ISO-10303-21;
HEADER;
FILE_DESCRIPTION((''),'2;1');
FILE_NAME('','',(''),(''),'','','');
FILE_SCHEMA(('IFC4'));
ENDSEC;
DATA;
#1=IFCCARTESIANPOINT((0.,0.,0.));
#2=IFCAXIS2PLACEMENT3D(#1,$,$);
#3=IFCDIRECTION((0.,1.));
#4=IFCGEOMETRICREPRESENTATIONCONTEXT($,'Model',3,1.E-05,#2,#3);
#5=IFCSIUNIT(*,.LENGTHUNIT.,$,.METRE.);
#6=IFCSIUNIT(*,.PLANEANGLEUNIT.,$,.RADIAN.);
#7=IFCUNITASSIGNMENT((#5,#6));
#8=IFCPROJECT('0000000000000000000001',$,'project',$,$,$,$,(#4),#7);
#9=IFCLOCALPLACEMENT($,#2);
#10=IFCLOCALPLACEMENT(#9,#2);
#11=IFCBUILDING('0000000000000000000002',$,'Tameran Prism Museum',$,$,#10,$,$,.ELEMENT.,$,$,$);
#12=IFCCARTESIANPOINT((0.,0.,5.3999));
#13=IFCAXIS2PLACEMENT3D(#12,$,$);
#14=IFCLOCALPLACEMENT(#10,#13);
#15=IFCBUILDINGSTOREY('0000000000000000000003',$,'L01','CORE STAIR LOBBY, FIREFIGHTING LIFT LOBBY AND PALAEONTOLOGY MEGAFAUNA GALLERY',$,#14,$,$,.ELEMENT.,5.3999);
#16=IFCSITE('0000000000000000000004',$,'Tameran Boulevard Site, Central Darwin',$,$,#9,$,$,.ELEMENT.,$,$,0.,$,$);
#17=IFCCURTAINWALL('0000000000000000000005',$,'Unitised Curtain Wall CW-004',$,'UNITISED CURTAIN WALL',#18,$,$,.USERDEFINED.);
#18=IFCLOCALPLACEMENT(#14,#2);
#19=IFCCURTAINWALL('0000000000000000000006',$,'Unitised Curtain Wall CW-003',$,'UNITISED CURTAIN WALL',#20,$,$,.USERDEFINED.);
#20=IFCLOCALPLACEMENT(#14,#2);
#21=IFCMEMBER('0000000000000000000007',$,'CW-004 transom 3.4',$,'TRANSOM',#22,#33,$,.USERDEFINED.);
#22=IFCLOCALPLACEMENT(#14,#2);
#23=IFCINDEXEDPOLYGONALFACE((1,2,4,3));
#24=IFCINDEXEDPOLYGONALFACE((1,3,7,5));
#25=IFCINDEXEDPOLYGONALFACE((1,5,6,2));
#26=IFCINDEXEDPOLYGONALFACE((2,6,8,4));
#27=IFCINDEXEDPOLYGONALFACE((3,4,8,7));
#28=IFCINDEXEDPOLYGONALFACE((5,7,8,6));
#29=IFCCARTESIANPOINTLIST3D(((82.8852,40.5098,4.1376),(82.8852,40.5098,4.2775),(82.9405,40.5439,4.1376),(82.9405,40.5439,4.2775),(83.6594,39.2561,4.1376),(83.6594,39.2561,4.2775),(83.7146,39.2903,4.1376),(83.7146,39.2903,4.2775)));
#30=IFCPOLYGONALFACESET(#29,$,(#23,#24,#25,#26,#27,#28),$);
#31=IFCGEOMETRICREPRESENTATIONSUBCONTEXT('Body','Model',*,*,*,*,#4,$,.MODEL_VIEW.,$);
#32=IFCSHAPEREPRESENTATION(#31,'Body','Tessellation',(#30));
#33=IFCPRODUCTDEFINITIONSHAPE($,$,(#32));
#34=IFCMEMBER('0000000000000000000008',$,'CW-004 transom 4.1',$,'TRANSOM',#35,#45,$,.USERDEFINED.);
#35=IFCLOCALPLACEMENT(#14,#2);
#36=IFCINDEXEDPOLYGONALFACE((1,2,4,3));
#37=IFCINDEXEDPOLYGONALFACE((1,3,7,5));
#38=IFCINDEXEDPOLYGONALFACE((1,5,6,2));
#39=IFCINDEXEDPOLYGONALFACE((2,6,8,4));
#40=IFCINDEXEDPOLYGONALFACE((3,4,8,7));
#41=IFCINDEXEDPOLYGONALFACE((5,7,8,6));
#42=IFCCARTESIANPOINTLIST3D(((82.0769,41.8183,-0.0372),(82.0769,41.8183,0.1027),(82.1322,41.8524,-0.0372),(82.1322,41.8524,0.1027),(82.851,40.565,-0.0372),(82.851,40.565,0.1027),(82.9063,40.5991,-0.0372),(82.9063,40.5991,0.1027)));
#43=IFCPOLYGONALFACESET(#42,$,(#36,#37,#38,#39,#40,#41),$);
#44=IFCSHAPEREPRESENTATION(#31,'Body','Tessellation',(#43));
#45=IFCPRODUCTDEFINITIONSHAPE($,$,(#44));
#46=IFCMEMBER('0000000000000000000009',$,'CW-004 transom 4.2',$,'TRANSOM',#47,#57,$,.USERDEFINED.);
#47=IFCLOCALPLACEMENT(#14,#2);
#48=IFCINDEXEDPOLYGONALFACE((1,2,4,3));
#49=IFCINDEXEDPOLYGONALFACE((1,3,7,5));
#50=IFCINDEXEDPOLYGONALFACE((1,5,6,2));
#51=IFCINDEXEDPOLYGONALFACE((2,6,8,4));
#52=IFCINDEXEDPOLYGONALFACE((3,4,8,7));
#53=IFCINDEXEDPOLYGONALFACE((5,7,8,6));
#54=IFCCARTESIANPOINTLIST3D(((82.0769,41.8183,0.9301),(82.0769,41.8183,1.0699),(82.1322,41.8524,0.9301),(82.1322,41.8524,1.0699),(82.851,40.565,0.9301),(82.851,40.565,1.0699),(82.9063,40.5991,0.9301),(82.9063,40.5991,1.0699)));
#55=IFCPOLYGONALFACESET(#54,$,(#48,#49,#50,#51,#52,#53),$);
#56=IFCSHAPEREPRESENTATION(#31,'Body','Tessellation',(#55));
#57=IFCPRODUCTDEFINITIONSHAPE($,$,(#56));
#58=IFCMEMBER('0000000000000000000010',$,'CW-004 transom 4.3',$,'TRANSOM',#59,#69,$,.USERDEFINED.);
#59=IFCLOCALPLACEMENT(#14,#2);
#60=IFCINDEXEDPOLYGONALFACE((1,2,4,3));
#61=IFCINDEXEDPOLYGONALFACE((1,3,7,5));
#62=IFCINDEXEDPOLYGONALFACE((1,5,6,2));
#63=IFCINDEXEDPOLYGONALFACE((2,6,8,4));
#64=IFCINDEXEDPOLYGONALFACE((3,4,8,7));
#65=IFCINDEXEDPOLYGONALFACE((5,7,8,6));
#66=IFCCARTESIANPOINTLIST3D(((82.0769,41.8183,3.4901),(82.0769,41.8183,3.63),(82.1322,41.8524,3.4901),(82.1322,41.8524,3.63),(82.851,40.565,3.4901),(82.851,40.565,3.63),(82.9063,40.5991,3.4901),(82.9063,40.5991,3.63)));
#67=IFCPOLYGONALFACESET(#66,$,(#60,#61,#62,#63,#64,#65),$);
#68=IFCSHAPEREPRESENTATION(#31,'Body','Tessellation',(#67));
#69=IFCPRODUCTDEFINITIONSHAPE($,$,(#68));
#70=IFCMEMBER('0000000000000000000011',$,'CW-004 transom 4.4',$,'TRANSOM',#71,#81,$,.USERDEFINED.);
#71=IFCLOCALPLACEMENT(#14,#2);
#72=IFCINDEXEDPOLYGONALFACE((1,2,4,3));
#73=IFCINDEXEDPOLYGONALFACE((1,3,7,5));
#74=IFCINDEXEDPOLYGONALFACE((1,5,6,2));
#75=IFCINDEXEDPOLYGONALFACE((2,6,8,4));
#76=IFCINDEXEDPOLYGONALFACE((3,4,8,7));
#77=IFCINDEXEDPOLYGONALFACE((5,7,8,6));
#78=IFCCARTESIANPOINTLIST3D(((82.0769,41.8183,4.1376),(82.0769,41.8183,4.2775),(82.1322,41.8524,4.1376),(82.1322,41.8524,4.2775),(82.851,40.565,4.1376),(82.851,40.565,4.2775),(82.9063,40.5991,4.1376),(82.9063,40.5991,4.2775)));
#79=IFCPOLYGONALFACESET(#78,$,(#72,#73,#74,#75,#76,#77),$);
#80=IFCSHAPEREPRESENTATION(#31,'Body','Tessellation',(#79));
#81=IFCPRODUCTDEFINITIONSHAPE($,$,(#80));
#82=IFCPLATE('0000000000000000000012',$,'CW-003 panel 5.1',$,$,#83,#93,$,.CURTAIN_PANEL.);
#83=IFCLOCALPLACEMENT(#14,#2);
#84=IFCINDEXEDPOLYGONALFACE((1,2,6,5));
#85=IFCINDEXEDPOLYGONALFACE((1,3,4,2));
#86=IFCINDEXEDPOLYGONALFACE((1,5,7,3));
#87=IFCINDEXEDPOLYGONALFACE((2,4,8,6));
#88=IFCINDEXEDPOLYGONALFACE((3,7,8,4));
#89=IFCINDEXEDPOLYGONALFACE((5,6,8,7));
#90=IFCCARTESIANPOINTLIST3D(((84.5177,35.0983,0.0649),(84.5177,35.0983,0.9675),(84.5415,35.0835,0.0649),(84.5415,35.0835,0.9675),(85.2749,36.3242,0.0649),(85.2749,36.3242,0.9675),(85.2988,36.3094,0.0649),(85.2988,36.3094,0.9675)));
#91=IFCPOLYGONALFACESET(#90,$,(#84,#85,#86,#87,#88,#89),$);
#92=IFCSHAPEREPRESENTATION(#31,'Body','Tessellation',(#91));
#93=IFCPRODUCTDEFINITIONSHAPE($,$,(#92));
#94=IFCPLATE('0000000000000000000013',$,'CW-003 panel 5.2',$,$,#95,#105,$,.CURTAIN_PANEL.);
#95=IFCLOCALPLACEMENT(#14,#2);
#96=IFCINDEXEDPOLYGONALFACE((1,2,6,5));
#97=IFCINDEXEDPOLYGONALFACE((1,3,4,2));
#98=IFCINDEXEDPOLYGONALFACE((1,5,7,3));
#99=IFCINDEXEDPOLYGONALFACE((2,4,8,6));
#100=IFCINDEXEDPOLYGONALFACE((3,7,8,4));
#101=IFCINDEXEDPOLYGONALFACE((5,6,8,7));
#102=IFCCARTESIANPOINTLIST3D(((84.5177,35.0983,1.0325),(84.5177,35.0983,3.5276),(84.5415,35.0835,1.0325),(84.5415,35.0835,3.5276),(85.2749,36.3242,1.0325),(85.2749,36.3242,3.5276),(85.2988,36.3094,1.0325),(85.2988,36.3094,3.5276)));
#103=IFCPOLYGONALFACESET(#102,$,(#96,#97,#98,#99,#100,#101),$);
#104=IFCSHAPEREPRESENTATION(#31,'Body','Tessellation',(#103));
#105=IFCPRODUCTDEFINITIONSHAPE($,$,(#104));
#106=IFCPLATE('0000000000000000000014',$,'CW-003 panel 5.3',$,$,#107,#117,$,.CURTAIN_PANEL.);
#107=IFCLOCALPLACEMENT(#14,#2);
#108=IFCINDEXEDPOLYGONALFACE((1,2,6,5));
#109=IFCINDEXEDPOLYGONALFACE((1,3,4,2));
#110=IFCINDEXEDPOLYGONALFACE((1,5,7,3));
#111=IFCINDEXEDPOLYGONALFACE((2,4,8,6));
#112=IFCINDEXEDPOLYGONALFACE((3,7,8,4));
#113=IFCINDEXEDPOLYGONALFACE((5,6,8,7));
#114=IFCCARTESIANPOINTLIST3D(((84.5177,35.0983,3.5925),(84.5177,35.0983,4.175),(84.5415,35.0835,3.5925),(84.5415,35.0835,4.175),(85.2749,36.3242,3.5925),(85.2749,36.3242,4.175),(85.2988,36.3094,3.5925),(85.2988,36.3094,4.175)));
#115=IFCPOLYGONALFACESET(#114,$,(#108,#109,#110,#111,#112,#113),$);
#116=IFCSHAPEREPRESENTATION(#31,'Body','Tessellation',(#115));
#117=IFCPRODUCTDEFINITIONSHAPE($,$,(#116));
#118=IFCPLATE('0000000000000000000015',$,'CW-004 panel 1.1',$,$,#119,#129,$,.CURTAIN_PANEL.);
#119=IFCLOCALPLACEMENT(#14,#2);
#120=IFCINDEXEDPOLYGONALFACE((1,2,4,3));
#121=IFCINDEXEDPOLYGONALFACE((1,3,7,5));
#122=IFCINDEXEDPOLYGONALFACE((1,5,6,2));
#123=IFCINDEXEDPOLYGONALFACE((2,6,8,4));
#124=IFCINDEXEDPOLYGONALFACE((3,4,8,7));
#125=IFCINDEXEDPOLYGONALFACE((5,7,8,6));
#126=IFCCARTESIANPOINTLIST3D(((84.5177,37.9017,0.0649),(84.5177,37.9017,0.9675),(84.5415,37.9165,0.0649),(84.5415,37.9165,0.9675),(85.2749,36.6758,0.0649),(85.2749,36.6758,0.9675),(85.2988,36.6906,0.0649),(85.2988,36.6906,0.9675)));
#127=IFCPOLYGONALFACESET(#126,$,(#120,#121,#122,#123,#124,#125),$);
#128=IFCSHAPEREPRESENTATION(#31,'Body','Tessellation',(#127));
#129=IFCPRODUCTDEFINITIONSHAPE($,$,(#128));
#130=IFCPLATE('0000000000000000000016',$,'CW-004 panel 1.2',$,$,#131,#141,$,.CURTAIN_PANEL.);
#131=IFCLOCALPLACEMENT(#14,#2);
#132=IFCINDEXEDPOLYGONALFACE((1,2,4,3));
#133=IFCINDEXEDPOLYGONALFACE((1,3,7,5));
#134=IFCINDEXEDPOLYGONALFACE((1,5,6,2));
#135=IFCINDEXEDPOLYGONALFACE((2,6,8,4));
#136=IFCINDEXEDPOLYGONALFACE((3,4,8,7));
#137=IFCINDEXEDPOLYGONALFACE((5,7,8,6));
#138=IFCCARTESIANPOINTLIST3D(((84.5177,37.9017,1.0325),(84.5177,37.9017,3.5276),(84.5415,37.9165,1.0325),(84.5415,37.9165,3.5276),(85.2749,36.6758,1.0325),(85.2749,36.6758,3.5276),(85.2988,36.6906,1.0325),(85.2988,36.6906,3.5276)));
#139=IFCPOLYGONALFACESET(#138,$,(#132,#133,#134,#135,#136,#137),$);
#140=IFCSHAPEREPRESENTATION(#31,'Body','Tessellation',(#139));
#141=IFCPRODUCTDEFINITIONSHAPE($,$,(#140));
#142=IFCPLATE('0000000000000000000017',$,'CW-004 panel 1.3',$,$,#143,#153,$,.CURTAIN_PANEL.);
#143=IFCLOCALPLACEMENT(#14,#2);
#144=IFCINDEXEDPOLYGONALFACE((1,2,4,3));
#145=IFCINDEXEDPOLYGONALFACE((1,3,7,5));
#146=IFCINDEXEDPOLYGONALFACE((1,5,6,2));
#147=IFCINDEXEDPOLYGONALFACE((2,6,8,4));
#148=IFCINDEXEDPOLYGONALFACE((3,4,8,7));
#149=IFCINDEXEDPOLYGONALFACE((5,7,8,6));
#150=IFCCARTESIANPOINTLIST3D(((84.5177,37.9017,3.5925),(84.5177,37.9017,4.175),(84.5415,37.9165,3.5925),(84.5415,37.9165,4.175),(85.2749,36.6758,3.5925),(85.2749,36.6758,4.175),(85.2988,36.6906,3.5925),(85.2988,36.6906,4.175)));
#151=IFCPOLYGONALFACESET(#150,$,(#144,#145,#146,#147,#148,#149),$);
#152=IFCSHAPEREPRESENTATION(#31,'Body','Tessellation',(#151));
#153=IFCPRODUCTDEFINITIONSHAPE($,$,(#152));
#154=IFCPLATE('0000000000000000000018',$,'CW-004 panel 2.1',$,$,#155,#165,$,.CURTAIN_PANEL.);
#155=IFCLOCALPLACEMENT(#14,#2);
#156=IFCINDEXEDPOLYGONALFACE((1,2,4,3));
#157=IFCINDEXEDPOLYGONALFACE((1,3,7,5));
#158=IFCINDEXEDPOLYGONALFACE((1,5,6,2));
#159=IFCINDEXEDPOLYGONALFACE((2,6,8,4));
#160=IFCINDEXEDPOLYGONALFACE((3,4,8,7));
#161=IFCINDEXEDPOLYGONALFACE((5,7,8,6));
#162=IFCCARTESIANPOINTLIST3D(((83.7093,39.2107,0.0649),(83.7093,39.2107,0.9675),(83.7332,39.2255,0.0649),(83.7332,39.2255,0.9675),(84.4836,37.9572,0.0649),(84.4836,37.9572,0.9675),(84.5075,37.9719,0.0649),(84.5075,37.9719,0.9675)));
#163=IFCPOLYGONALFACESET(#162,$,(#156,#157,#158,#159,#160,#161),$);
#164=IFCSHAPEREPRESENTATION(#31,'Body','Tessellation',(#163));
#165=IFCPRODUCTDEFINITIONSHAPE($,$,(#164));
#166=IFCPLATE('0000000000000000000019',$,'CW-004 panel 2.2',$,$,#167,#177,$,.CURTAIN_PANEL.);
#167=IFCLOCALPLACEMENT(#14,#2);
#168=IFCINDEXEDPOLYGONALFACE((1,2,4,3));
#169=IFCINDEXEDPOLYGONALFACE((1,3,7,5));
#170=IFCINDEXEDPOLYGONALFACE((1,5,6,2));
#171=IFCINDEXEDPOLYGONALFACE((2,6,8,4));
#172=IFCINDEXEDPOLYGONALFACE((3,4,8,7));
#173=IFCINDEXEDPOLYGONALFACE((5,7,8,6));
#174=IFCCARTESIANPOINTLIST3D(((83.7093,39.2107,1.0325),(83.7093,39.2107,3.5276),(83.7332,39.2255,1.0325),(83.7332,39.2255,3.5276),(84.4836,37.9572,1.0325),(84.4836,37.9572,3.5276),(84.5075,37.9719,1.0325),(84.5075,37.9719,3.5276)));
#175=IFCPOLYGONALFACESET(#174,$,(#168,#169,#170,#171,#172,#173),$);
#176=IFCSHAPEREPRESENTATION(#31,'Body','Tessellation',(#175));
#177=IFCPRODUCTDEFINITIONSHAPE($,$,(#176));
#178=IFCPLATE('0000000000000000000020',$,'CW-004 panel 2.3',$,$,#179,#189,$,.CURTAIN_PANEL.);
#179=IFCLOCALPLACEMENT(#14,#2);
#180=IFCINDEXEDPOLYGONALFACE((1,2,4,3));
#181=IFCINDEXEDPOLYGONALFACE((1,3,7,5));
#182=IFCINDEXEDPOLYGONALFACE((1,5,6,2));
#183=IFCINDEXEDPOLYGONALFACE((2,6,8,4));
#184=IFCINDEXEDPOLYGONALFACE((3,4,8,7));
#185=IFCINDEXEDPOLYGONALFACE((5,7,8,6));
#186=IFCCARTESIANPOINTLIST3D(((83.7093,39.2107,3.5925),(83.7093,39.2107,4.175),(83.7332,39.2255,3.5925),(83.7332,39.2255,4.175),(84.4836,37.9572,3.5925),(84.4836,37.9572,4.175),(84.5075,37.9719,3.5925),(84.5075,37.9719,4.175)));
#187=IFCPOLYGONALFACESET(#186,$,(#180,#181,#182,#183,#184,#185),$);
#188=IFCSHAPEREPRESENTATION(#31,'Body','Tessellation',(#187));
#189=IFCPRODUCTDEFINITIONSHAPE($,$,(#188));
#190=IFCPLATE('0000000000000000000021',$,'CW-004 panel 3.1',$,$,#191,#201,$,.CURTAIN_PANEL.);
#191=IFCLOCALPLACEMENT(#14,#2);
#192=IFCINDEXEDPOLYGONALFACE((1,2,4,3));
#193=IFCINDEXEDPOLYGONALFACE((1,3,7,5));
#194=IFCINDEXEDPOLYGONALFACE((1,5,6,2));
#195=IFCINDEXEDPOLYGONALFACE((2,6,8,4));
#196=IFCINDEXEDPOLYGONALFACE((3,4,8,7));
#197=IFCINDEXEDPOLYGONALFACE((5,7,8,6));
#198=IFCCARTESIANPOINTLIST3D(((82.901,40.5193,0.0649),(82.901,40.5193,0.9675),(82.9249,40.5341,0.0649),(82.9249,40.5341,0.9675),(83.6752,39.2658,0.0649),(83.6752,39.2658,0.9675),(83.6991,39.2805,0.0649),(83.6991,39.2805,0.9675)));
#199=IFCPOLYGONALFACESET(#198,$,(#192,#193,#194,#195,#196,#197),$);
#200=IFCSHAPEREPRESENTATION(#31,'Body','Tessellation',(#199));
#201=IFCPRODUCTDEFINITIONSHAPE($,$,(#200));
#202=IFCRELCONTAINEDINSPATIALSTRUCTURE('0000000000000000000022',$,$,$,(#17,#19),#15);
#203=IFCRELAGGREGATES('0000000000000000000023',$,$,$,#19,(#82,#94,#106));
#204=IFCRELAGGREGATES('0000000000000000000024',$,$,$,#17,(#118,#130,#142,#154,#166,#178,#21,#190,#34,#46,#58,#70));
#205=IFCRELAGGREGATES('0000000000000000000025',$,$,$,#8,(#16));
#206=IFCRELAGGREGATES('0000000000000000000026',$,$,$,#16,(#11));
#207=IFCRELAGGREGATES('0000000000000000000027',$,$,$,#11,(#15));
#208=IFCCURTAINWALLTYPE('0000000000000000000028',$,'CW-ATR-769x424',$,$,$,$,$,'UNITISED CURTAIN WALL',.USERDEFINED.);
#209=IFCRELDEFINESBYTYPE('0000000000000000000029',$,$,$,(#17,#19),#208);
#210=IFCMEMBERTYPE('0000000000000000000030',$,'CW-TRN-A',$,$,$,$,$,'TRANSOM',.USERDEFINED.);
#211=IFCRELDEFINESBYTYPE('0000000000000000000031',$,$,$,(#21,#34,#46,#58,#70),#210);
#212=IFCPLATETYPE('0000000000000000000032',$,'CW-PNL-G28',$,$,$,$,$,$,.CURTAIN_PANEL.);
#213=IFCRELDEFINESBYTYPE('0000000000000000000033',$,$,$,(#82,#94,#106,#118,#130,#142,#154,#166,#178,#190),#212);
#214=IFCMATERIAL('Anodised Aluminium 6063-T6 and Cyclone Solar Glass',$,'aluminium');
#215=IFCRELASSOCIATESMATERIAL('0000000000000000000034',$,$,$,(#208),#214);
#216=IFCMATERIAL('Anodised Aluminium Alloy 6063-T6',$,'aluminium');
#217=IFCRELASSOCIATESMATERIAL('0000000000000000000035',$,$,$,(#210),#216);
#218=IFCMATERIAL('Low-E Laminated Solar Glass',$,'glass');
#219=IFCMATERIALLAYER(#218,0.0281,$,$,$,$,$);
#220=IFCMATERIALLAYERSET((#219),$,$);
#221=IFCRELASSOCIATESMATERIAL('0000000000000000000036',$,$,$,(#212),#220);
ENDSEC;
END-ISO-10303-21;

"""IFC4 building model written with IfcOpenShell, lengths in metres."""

from ifc_helpers import new_model, si_unit, direction, frame, origin, origin_2d, place, context, subcontext, project, spatial, rectangle, extrude, material, layer, layer_set, material_profile, profile_set, type_object, element, aggregate, save


model = new_model("IFC4")

# Units and contexts
model_context = context("Model", 3, precision=1e-05, world=origin(), true_north=direction((0.0, 1.0)))
body_context = subcontext(model_context, "Body", "Model", "MODEL_VIEW")
ifc_project = project(units=[si_unit("LENGTHUNIT", "METRE"), si_unit("PLANEANGLEUNIT", "RADIAN")], contexts=[model_context])

# Site, building, storey
site_placement = place(None, origin())
site = spatial("IfcSite", under=ifc_project, at=site_placement, Name="Tameran Boulevard Site, Central Darwin", CompositionType="ELEMENT", RefElevation=0.0)
building_placement = place(site_placement, origin())
building = spatial("IfcBuilding", under=site, at=building_placement, Name="Tameran Prism Museum", CompositionType="ELEMENT")
storey_placement = place(building_placement, frame((0.0, 0.0, 5.3999)))
storey = spatial("IfcBuildingStorey", under=building, at=storey_placement, Name="L01", Description="CORE STAIR LOBBY, FIREFIGHTING LIFT LOBBY AND PALAEONTOLOGY MEGAFAUNA GALLERY", CompositionType="ELEMENT", Elevation=5.3999)

# Curtain walls
ifc_material_1 = material(Name="Anodised Aluminium 6063-T6 and Cyclone Solar Glass", Category="aluminium")
curtain_wall_type = type_object("IfcCurtainWallType", Name="CW-ATR-769x424", ElementType="UNITISED CURTAIN WALL", PredefinedType="USERDEFINED", material=ifc_material_1)
curtain_wall_1_placement = place(storey_placement, origin())
curtain_wall_1 = element("IfcCurtainWall", 1, at=curtain_wall_1_placement, inside=storey, type_object=curtain_wall_type, Name="Unitised Curtain Wall CW-004", ObjectType="UNITISED CURTAIN WALL", PredefinedType="USERDEFINED")
curtain_wall_2_placement = place(storey_placement, origin())
curtain_wall_2 = element("IfcCurtainWall", 2, at=curtain_wall_2_placement, inside=storey, type_object=curtain_wall_type, Name="Unitised Curtain Wall CW-003", ObjectType="UNITISED CURTAIN WALL", PredefinedType="USERDEFINED")
ifc_material_2 = material(Name="Anodised Aluminium Alloy 6063-T6", Category="aluminium")
ifc_material_profile_1 = material_profile(ifc_material_2, rectangle(XDim=0.0649, YDim=0.1399, at=origin_2d()))
ifc_profile_set_1 = profile_set([ifc_material_profile_1])
member_type_1 = type_object("IfcMemberType", Name="CW-TRN-A", ElementType="TRANSOM", PredefinedType="USERDEFINED", material=ifc_profile_set_1)

# Members
member_1_placement = place(storey_placement, frame((83.687, 39.2732, 4.2075), z_axis=(-0.525419, 0.850844, 0.0), x_axis=(-0.850844, -0.525419, 0.0)))
member_1 = element("IfcMember", 3, at=member_1_placement, type_object=member_type_1, Name="CW-004 transom 3.4", ObjectType="TRANSOM", PredefinedType="USERDEFINED", context=body_context, shape_type="SweptSolid", body=[
    extrude(rectangle(XDim=0.0649, YDim=0.1399, at=origin_2d()), origin(), (0.0, 0.0, 1.0), 1.4734),
])
member_2_placement = place(storey_placement, frame((82.8787, 40.582, 0.0327), z_axis=(-0.525493, 0.850798, 0.0), x_axis=(-0.850798, -0.525493, 0.0)))
member_2 = element("IfcMember", 4, at=member_2_placement, type_object=member_type_1, Name="CW-004 transom 4.1", ObjectType="TRANSOM", PredefinedType="USERDEFINED", context=body_context, shape_type="SweptSolid", body=[
    extrude(rectangle(XDim=0.0649, YDim=0.1399, at=origin_2d()), origin(), (0.0, 0.0, 1.0), 1.4731),
])
member_3_placement = place(storey_placement, frame((82.8787, 40.582, 1.0), z_axis=(-0.525493, 0.850798, 0.0), x_axis=(-0.850798, -0.525493, 0.0)))
member_3 = element("IfcMember", 5, at=member_3_placement, type_object=member_type_1, Name="CW-004 transom 4.2", ObjectType="TRANSOM", PredefinedType="USERDEFINED", context=body_context, shape_type="SweptSolid", body=[
    extrude(rectangle(XDim=0.0649, YDim=0.1399, at=origin_2d()), origin(), (0.0, 0.0, 1.0), 1.4731),
])
member_4_placement = place(storey_placement, frame((82.8787, 40.582, 3.5601), z_axis=(-0.525493, 0.850798, 0.0), x_axis=(-0.850798, -0.525493, 0.0)))
member_4 = element("IfcMember", 6, at=member_4_placement, type_object=member_type_1, Name="CW-004 transom 4.3", ObjectType="TRANSOM", PredefinedType="USERDEFINED", context=body_context, shape_type="SweptSolid", body=[
    extrude(rectangle(XDim=0.0649, YDim=0.1399, at=origin_2d()), origin(), (0.0, 0.0, 1.0), 1.4731),
])
member_5_placement = place(storey_placement, frame((82.8787, 40.582, 4.2075), z_axis=(-0.525493, 0.850798, 0.0), x_axis=(-0.850798, -0.525493, 0.0)))
member_5 = element("IfcMember", 7, at=member_5_placement, type_object=member_type_1, Name="CW-004 transom 4.4", ObjectType="TRANSOM", PredefinedType="USERDEFINED", context=body_context, shape_type="SweptSolid", body=[
    extrude(rectangle(XDim=0.0649, YDim=0.1399, at=origin_2d()), origin(), (0.0, 0.0, 1.0), 1.4731),
])

# Plates
ifc_material_3 = material(Name="Low-E Laminated Solar Glass", Category="glass")
ifc_layer = layer(ifc_material_3, 0.0281)
ifc_layer_set = layer_set([ifc_layer])
plate_type = type_object("IfcPlateType", Name="CW-PNL-G28", PredefinedType="CURTAIN_PANEL", material=ifc_layer_set)
plate_1_placement = place(storey_placement, frame((84.9082, 35.7039, 0.0649), z_axis=(0.0, 0.0, 1.0), x_axis=(0.525504, 0.850791, 0.0)))
plate_1 = element("IfcPlate", 8, at=plate_1_placement, type_object=plate_type, Name="CW-003 panel 5.1", PredefinedType="CURTAIN_PANEL", context=body_context, shape_type="SweptSolid", body=[
    extrude(rectangle(XDim=1.4409, YDim=0.0281, at=origin_2d()), origin(), (0.0, 0.0, 1.0), 0.9026),
])
plate_2_placement = place(storey_placement, frame((84.9082, 35.7039, 1.0325), z_axis=(0.0, 0.0, 1.0), x_axis=(0.525504, 0.850791, 0.0)))
plate_2 = element("IfcPlate", 9, at=plate_2_placement, type_object=plate_type, Name="CW-003 panel 5.2", PredefinedType="CURTAIN_PANEL", context=body_context, shape_type="SweptSolid", body=[
    extrude(rectangle(XDim=1.4409, YDim=0.0281, at=origin_2d()), origin(), (0.0, 0.0, 1.0), 2.4951),
])
plate_3_placement = place(storey_placement, frame((84.9082, 35.7039, 3.5925), z_axis=(0.0, 0.0, 1.0), x_axis=(0.525504, 0.850791, 0.0)))
plate_3 = element("IfcPlate", 10, at=plate_3_placement, type_object=plate_type, Name="CW-003 panel 5.3", PredefinedType="CURTAIN_PANEL", context=body_context, shape_type="SweptSolid", body=[
    extrude(rectangle(XDim=1.4409, YDim=0.0281, at=origin_2d()), origin(), (0.0, 0.0, 1.0), 0.5825),
])
aggregate(curtain_wall_2, [plate_1, plate_2, plate_3])
plate_4_placement = place(storey_placement, frame((84.9082, 37.2961, 0.0649), z_axis=(0.0, 0.0, 1.0), x_axis=(-0.525504, 0.850791, 0.0)))
plate_4 = element("IfcPlate", 11, at=plate_4_placement, type_object=plate_type, Name="CW-004 panel 1.1", PredefinedType="CURTAIN_PANEL", context=body_context, shape_type="SweptSolid", body=[
    extrude(rectangle(XDim=1.4409, YDim=0.0281, at=origin_2d()), origin(), (0.0, 0.0, 1.0), 0.9026),
])
plate_5_placement = place(storey_placement, frame((84.9082, 37.2961, 1.0325), z_axis=(0.0, 0.0, 1.0), x_axis=(-0.525504, 0.850791, 0.0)))
plate_5 = element("IfcPlate", 12, at=plate_5_placement, type_object=plate_type, Name="CW-004 panel 1.2", PredefinedType="CURTAIN_PANEL", context=body_context, shape_type="SweptSolid", body=[
    extrude(rectangle(XDim=1.4409, YDim=0.0281, at=origin_2d()), origin(), (0.0, 0.0, 1.0), 2.4951),
])
plate_6_placement = place(storey_placement, frame((84.9082, 37.2961, 3.5925), z_axis=(0.0, 0.0, 1.0), x_axis=(-0.525504, 0.850791, 0.0)))
plate_6 = element("IfcPlate", 13, at=plate_6_placement, type_object=plate_type, Name="CW-004 panel 1.3", PredefinedType="CURTAIN_PANEL", context=body_context, shape_type="SweptSolid", body=[
    extrude(rectangle(XDim=1.4409, YDim=0.0281, at=origin_2d()), origin(), (0.0, 0.0, 1.0), 0.5825),
])
plate_7_placement = place(storey_placement, frame((84.1084, 38.5913, 0.0649), z_axis=(0.0, 0.0, 1.0), x_axis=(-0.525504, 0.850791, 0.0)))
plate_7 = element("IfcPlate", 14, at=plate_7_placement, type_object=plate_type, Name="CW-004 panel 2.1", PredefinedType="CURTAIN_PANEL", context=body_context, shape_type="SweptSolid", body=[
    extrude(rectangle(XDim=1.4734, YDim=0.0281, at=origin_2d()), origin(), (0.0, 0.0, 1.0), 0.9026),
])
plate_8_placement = place(storey_placement, frame((84.1084, 38.5913, 1.0325), z_axis=(0.0, 0.0, 1.0), x_axis=(-0.525504, 0.850791, 0.0)))
plate_8 = element("IfcPlate", 15, at=plate_8_placement, type_object=plate_type, Name="CW-004 panel 2.2", PredefinedType="CURTAIN_PANEL", context=body_context, shape_type="SweptSolid", body=[
    extrude(rectangle(XDim=1.4734, YDim=0.0281, at=origin_2d()), origin(), (0.0, 0.0, 1.0), 2.4951),
])
plate_9_placement = place(storey_placement, frame((84.1084, 38.5913, 3.5925), z_axis=(0.0, 0.0, 1.0), x_axis=(-0.525504, 0.850791, 0.0)))
plate_9 = element("IfcPlate", 16, at=plate_9_placement, type_object=plate_type, Name="CW-004 panel 2.3", PredefinedType="CURTAIN_PANEL", context=body_context, shape_type="SweptSolid", body=[
    extrude(rectangle(XDim=1.4734, YDim=0.0281, at=origin_2d()), origin(), (0.0, 0.0, 1.0), 0.5825),
])
plate_10_placement = place(storey_placement, frame((83.3, 39.8999, 0.0649), z_axis=(0.0, 0.0, 1.0), x_axis=(-0.525504, 0.850791, 0.0)))
plate_10 = element("IfcPlate", 17, at=plate_10_placement, type_object=plate_type, Name="CW-004 panel 3.1", PredefinedType="CURTAIN_PANEL", context=body_context, shape_type="SweptSolid", body=[
    extrude(rectangle(XDim=1.4734, YDim=0.0281, at=origin_2d()), origin(), (0.0, 0.0, 1.0), 0.9026),
])
aggregate(curtain_wall_1, [plate_4, plate_5, plate_6, plate_7, plate_8, plate_9, member_1, plate_10, member_2, member_3, member_4, member_5])

save(model, "model.ifc")
